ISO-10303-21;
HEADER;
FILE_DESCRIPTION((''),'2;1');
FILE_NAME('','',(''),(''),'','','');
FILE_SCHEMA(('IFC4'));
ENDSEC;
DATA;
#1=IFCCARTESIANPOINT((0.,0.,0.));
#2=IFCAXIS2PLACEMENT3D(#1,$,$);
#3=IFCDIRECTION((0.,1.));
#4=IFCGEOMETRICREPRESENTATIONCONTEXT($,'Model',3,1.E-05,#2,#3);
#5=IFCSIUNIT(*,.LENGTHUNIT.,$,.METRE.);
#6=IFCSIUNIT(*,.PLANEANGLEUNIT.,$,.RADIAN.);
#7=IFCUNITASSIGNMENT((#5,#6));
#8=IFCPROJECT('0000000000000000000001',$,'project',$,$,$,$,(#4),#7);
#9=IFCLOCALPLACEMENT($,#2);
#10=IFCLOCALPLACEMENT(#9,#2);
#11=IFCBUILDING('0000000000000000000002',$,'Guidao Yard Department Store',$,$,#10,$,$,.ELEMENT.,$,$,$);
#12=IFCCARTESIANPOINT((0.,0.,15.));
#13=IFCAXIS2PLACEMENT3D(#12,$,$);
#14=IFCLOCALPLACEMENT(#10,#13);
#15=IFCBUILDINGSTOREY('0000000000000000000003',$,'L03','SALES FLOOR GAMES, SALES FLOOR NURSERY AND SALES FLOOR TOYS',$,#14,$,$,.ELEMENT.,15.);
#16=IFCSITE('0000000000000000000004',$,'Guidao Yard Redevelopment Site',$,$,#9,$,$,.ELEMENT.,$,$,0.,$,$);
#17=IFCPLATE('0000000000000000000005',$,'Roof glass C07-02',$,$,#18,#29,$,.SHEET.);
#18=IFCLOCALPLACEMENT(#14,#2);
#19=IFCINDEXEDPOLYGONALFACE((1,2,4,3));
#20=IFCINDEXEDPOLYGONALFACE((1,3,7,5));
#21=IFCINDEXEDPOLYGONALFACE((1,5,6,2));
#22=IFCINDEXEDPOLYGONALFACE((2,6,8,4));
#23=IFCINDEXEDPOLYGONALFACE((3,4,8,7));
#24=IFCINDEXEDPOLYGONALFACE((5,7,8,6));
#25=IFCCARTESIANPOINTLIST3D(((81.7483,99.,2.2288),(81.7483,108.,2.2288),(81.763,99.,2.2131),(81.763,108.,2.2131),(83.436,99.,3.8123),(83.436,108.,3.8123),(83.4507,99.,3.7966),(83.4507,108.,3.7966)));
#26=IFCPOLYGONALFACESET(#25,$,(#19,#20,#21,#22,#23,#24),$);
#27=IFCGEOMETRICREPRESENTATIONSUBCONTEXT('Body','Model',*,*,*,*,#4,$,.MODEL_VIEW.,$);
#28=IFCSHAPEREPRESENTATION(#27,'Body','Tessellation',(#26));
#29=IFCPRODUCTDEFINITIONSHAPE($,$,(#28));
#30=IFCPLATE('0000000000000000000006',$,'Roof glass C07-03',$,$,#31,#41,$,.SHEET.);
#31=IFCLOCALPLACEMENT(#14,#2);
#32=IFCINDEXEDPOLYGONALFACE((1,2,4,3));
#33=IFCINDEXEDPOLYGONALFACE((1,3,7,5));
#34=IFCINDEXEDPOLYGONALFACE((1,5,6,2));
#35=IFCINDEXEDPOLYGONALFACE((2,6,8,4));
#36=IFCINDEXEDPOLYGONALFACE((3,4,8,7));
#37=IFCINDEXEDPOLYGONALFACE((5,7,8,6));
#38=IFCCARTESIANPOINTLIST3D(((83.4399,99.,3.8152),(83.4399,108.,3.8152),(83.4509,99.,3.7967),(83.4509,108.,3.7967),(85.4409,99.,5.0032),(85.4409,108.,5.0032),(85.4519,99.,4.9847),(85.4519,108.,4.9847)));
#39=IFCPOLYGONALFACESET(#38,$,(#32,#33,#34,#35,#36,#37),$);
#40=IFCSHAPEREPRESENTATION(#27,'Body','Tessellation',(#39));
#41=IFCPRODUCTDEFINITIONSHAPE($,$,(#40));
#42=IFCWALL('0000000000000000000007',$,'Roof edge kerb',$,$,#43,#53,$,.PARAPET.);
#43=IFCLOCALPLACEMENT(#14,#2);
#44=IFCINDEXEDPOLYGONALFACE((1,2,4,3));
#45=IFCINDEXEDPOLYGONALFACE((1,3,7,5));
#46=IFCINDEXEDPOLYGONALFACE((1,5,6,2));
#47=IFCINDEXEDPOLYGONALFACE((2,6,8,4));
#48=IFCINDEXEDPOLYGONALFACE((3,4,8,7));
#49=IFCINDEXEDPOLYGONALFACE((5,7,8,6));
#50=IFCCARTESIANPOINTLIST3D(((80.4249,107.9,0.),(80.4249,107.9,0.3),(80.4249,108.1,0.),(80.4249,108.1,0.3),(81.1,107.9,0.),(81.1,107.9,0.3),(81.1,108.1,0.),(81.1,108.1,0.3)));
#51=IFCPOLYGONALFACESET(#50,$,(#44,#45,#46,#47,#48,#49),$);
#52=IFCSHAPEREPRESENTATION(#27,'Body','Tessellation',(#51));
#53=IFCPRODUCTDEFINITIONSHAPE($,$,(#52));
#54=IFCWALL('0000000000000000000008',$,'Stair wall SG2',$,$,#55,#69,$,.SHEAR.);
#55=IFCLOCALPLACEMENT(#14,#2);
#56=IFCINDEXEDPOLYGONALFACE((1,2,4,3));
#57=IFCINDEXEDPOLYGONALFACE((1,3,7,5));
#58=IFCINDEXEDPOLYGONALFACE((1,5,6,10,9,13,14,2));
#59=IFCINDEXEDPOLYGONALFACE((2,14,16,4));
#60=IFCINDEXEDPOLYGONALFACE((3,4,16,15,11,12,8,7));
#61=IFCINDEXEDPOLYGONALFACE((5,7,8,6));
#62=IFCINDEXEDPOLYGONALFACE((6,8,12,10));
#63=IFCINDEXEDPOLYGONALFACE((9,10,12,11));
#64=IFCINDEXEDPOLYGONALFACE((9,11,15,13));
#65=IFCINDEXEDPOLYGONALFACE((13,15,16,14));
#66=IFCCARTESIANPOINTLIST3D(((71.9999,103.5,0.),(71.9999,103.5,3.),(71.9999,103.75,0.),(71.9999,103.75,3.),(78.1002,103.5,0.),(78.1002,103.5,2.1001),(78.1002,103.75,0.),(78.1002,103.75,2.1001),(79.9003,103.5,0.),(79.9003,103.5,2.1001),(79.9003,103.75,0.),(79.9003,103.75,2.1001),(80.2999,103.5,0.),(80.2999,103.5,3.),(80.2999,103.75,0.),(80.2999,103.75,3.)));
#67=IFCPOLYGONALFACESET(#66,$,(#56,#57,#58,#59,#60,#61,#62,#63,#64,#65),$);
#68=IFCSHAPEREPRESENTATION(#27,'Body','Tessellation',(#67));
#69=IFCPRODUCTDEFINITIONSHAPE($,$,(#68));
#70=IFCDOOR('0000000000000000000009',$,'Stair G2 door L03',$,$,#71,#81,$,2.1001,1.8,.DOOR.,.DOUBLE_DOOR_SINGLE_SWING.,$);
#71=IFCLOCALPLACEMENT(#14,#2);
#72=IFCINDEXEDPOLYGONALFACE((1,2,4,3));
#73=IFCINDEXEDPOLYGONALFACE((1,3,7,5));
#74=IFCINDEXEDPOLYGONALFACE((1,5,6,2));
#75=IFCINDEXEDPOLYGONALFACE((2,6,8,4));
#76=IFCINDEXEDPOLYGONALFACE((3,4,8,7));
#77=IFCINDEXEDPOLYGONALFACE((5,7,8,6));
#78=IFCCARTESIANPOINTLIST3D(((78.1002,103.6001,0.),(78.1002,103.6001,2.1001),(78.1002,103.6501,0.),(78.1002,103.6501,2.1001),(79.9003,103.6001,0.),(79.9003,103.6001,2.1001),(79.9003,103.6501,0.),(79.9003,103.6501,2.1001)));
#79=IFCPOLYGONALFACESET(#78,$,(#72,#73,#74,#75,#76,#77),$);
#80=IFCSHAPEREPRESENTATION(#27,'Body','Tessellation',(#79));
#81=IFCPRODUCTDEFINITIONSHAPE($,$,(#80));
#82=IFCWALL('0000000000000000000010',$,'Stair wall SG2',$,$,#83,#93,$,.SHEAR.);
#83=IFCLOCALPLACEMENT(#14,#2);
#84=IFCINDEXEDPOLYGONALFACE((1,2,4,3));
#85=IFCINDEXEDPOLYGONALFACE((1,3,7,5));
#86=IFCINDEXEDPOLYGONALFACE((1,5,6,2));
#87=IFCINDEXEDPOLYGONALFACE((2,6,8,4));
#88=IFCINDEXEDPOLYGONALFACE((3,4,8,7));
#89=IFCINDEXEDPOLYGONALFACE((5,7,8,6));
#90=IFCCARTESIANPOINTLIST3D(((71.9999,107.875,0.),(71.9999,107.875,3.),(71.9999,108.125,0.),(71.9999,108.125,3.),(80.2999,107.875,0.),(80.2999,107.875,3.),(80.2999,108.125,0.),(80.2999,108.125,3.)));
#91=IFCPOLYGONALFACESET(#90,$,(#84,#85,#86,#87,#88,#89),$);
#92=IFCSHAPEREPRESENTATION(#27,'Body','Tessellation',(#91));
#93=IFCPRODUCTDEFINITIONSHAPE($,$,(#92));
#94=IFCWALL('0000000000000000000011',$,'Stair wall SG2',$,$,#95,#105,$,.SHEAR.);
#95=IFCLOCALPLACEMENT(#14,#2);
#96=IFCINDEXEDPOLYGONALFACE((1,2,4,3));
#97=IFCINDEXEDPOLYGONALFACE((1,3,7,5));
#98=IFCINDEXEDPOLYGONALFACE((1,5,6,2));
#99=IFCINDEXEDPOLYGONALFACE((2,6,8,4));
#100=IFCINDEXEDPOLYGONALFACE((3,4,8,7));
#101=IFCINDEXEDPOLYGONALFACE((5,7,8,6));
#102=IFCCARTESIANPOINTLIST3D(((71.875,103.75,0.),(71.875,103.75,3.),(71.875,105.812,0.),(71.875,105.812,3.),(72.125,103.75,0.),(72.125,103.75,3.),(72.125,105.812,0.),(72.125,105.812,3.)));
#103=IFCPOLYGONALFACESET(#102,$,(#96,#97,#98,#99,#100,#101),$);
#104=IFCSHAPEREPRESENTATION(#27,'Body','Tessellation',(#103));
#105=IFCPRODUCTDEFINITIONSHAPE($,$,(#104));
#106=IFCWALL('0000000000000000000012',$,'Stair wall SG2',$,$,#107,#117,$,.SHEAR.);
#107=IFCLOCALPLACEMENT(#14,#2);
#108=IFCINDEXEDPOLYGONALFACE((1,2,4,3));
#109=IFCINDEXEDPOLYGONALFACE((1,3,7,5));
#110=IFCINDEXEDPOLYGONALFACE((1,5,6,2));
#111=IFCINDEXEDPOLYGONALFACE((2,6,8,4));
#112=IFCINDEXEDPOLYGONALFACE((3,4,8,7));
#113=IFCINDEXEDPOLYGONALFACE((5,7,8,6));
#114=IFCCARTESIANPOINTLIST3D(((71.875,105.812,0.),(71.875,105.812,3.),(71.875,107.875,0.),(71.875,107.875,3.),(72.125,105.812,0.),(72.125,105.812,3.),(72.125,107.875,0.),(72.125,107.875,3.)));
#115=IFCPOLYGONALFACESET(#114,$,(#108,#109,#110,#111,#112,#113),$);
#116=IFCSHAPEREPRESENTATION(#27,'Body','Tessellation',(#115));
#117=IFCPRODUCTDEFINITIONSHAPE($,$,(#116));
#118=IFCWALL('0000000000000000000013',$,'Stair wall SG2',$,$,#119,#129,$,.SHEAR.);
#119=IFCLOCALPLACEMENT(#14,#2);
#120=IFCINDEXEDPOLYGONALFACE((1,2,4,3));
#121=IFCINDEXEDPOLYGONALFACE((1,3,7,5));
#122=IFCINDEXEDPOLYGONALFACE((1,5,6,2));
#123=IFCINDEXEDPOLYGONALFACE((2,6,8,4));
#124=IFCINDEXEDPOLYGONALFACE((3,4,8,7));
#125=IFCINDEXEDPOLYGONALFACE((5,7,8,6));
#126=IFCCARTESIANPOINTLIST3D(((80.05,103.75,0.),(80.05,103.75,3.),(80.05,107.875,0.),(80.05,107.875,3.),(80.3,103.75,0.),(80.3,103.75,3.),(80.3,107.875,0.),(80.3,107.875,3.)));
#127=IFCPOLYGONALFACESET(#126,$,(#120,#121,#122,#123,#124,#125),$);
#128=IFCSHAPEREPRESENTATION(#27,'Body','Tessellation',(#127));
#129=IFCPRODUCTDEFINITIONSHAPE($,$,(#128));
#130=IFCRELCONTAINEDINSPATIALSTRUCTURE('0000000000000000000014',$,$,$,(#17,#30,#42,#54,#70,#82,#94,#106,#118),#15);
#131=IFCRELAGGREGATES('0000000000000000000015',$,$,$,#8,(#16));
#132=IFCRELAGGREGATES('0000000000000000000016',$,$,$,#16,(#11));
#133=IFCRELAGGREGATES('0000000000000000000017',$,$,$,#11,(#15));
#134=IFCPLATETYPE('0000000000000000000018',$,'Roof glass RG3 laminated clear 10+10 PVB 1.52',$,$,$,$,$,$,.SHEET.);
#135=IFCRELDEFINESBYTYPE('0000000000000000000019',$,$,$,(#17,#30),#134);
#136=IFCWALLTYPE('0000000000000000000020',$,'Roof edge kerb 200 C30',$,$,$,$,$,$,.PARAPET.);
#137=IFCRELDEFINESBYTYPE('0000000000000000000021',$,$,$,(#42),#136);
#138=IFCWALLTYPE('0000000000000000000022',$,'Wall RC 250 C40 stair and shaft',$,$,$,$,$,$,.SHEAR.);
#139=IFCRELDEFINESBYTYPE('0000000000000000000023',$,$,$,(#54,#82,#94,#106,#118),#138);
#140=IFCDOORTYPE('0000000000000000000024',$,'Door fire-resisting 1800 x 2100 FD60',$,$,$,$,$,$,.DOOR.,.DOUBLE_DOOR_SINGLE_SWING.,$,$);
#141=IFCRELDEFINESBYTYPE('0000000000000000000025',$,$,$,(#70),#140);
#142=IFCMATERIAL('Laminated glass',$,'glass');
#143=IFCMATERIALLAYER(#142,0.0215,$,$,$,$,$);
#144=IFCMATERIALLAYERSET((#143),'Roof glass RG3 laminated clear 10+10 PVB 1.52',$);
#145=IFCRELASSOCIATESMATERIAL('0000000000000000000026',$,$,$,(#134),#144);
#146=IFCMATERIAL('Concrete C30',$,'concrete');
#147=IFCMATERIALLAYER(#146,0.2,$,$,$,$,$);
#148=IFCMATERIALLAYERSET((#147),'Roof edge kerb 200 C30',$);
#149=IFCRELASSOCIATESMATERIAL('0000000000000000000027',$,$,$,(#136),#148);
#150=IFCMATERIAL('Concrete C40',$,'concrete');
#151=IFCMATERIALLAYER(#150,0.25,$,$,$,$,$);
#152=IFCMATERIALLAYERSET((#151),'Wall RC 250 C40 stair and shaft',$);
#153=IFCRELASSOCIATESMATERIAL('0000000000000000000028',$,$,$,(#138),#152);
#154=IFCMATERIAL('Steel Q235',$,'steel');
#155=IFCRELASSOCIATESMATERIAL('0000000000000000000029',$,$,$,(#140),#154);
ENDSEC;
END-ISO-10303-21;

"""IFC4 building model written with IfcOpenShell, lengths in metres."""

from ifc_helpers import new_model, si_unit, direction, frame, frame_2d, origin, place, context, subcontext, project, spatial, polyline, rectangle, outline, extrude, material, layer, layer_set, type_object, element, fill, save


model = new_model("IFC4")

# Units and contexts
model_context = context("Model", 3, precision=1e-05, world=origin(), true_north=direction((0.0, 1.0)))
body_context = subcontext(model_context, "Body", "Model", "MODEL_VIEW")
ifc_project = project(units=[si_unit("LENGTHUNIT", "METRE"), si_unit("PLANEANGLEUNIT", "RADIAN")], contexts=[model_context])

# Site, building, storey
site_placement = place(None, origin())
site = spatial("IfcSite", under=ifc_project, at=site_placement, Name="Guidao Yard Redevelopment Site", CompositionType="ELEMENT", RefElevation=0.0)
building_placement = place(site_placement, origin())
building = spatial("IfcBuilding", under=site, at=building_placement, Name="Guidao Yard Department Store", CompositionType="ELEMENT")
storey_placement = place(building_placement, frame((0.0, 0.0, 15.0)))
storey = spatial("IfcBuildingStorey", under=building, at=storey_placement, Name="L03", Description="SALES FLOOR GAMES, SALES FLOOR NURSERY AND SALES FLOOR TOYS", CompositionType="ELEMENT", Elevation=15.0)

# Plates
ifc_material_1 = material(Name="Laminated glass", Category="glass")
ifc_layer_1 = layer(ifc_material_1, 0.0215)
ifc_layer_set_1 = layer_set([ifc_layer_1], Name="Roof glass RG3 laminated clear 10+10 PVB 1.52")
plate_type_1 = type_object("IfcPlateType", Name="Roof glass RG3 laminated clear 10+10 PVB 1.52", PredefinedType="SHEET", material=ifc_layer_set_1)
plate_1_placement = place(storey_placement, frame((81.7483, 99.0, 2.2288), z_axis=(-0.684225, 0.0, 0.729271), x_axis=(0.729271, 0.0, 0.684225)))
element("IfcPlate", 1, at=plate_1_placement, inside=storey, type_object=plate_type_1, Name="Roof glass C07-02", PredefinedType="SHEET", context=body_context, shape_type="SweptSolid", body=[
    extrude(outline(polyline([(0.0, 0.0), (2.3143, 0.0), (2.3143, 9.0), (0.0, 9.0), (0.0, 0.0)])), origin(), (0.0, 0.0, -1.0), 0.0215),
])
plate_2_placement = place(storey_placement, frame((83.4399, 99.0, 3.8152), z_axis=(-0.51051, 0.0, 0.859872), x_axis=(0.859872, 0.0, 0.51051)))
element("IfcPlate", 2, at=plate_2_placement, inside=storey, type_object=plate_type_1, Name="Roof glass C07-03", PredefinedType="SHEET", context=body_context, shape_type="SweptSolid", body=[
    extrude(outline(polyline([(0.0, 0.0), (2.3271, 0.0), (2.3271, 9.0), (0.0, 9.0), (0.0, 0.0)])), origin(), (0.0, 0.0, -1.0), 0.0215),
])

# Wall
ifc_material_2 = material(Name="Concrete C30", Category="concrete")
ifc_layer_2 = layer(ifc_material_2, 0.2)
ifc_layer_set_2 = layer_set([ifc_layer_2], Name="Roof edge kerb 200 C30")
wall_type_1 = type_object("IfcWallType", Name="Roof edge kerb 200 C30", PredefinedType="PARAPET", material=ifc_layer_set_2)
wall_1_placement = place(storey_placement, frame((80.425, 108.0, 0.0), z_axis=(0.0, 0.0, 1.0), x_axis=(1.0, 0.0, 0.0)))
element("IfcWall", 3, at=wall_1_placement, inside=storey, type_object=wall_type_1, Name="Roof edge kerb", PredefinedType="PARAPET", context=body_context, shape_type="SweptSolid", body=[
    extrude(rectangle(XDim=0.675, YDim=0.2, at=frame_2d((0.3374, 0.0))), origin(), (0.0, 0.0, 1.0), 0.3),
])

# Wall, opening, door
ifc_material_3 = material(Name="Concrete C40", Category="concrete")
ifc_layer_3 = layer(ifc_material_3, 0.25)
ifc_layer_set_3 = layer_set([ifc_layer_3], Name="Wall RC 250 C40 stair and shaft")
wall_type_2 = type_object("IfcWallType", Name="Wall RC 250 C40 stair and shaft", PredefinedType="SHEAR", material=ifc_layer_set_3)
wall_2_placement = place(storey_placement, frame((72.0, 103.625, 0.0), z_axis=(0.0, 0.0, 1.0), x_axis=(1.0, 0.0, 0.0)))
wall_2 = element("IfcWall", 4, at=wall_2_placement, inside=storey, type_object=wall_type_2, Name="Stair wall SG2", PredefinedType="SHEAR", context=body_context, shape_type="SweptSolid", body=[
    extrude(rectangle(XDim=8.3, YDim=0.25, at=frame_2d((4.1499, 0.0))), origin(), (0.0, 0.0, 1.0), 3.0),
])
opening_placement = place(wall_2_placement, frame((7.9001, 0.0, 0.0), z_axis=(0.0, 0.0, 1.0), x_axis=(-1.0, 0.0, 0.0)))
opening = element("IfcOpeningElement", 5, at=opening_placement, cuts=wall_2, PredefinedType="OPENING", context=body_context, shape_type="SweptSolid", body=[
    extrude(rectangle(XDim=1.8, YDim=2.1001, at=frame_2d((0.8999, 1.05))), frame((0.0, 0.135, 0.0), z_axis=(0.0, -1.0, 0.0), x_axis=(1.0, 0.0, 0.0)), (0.0, 0.0, 1.0), 0.27),
])
ifc_material_4 = material(Name="Steel Q235", Category="steel")
door_type = type_object("IfcDoorType", Name="Door fire-resisting 1800 x 2100 FD60", OperationType="DOUBLE_DOOR_SINGLE_SWING", PredefinedType="DOOR", material=ifc_material_4)
door_placement = place(opening_placement, origin())
door = element("IfcDoor", 6, at=door_placement, inside=storey, type_object=door_type, Name="Stair G2 door L03", OperationType="DOUBLE_DOOR_SINGLE_SWING", OverallHeight=2.1001, OverallWidth=1.8, PredefinedType="DOOR", context=body_context, shape_type="SweptSolid", body=[
    extrude(rectangle(XDim=1.8, YDim=2.1001, at=frame_2d((0.8999, 1.05))), frame((0.0, 0.0249, 0.0), z_axis=(0.0, -1.0, 0.0), x_axis=(1.0, 0.0, 0.0)), (0.0, 0.0, 1.0), 0.05),
])
fill(opening, door)

# Walls
wall_3_placement = place(storey_placement, frame((72.0, 108.0, 0.0), z_axis=(0.0, 0.0, 1.0), x_axis=(1.0, 0.0, 0.0)))
element("IfcWall", 7, at=wall_3_placement, inside=storey, type_object=wall_type_2, Name="Stair wall SG2", PredefinedType="SHEAR", context=body_context, shape_type="SweptSolid", body=[
    extrude(rectangle(XDim=8.3, YDim=0.25, at=frame_2d((4.1499, 0.0))), origin(), (0.0, 0.0, 1.0), 3.0),
])
wall_4_placement = place(storey_placement, frame((72.0, 103.75, 0.0), z_axis=(0.0, 0.0, 1.0), x_axis=(0.0, 1.0, 0.0)))
element("IfcWall", 8, at=wall_4_placement, inside=storey, type_object=wall_type_2, Name="Stair wall SG2", PredefinedType="SHEAR", context=body_context, shape_type="SweptSolid", body=[
    extrude(rectangle(XDim=2.062, YDim=0.25, at=frame_2d((1.031, 0.0))), origin(), (0.0, 0.0, 1.0), 3.0),
])
wall_5_placement = place(storey_placement, frame((72.0, 105.812, 0.0), z_axis=(0.0, 0.0, 1.0), x_axis=(0.0, 1.0, 0.0)))
element("IfcWall", 9, at=wall_5_placement, inside=storey, type_object=wall_type_2, Name="Stair wall SG2", PredefinedType="SHEAR", context=body_context, shape_type="SweptSolid", body=[
    extrude(rectangle(XDim=2.063, YDim=0.25, at=frame_2d((1.0315, 0.0))), origin(), (0.0, 0.0, 1.0), 3.0),
])
wall_6_placement = place(storey_placement, frame((80.175, 103.75, 0.0), z_axis=(0.0, 0.0, 1.0), x_axis=(0.0, 1.0, 0.0)))
element("IfcWall", 10, at=wall_6_placement, inside=storey, type_object=wall_type_2, Name="Stair wall SG2", PredefinedType="SHEAR", context=body_context, shape_type="SweptSolid", body=[
    extrude(rectangle(XDim=4.125, YDim=0.25, at=frame_2d((2.0625, 0.0))), origin(), (0.0, 0.0, 1.0), 3.0),
])

save(model, "model.ifc")
